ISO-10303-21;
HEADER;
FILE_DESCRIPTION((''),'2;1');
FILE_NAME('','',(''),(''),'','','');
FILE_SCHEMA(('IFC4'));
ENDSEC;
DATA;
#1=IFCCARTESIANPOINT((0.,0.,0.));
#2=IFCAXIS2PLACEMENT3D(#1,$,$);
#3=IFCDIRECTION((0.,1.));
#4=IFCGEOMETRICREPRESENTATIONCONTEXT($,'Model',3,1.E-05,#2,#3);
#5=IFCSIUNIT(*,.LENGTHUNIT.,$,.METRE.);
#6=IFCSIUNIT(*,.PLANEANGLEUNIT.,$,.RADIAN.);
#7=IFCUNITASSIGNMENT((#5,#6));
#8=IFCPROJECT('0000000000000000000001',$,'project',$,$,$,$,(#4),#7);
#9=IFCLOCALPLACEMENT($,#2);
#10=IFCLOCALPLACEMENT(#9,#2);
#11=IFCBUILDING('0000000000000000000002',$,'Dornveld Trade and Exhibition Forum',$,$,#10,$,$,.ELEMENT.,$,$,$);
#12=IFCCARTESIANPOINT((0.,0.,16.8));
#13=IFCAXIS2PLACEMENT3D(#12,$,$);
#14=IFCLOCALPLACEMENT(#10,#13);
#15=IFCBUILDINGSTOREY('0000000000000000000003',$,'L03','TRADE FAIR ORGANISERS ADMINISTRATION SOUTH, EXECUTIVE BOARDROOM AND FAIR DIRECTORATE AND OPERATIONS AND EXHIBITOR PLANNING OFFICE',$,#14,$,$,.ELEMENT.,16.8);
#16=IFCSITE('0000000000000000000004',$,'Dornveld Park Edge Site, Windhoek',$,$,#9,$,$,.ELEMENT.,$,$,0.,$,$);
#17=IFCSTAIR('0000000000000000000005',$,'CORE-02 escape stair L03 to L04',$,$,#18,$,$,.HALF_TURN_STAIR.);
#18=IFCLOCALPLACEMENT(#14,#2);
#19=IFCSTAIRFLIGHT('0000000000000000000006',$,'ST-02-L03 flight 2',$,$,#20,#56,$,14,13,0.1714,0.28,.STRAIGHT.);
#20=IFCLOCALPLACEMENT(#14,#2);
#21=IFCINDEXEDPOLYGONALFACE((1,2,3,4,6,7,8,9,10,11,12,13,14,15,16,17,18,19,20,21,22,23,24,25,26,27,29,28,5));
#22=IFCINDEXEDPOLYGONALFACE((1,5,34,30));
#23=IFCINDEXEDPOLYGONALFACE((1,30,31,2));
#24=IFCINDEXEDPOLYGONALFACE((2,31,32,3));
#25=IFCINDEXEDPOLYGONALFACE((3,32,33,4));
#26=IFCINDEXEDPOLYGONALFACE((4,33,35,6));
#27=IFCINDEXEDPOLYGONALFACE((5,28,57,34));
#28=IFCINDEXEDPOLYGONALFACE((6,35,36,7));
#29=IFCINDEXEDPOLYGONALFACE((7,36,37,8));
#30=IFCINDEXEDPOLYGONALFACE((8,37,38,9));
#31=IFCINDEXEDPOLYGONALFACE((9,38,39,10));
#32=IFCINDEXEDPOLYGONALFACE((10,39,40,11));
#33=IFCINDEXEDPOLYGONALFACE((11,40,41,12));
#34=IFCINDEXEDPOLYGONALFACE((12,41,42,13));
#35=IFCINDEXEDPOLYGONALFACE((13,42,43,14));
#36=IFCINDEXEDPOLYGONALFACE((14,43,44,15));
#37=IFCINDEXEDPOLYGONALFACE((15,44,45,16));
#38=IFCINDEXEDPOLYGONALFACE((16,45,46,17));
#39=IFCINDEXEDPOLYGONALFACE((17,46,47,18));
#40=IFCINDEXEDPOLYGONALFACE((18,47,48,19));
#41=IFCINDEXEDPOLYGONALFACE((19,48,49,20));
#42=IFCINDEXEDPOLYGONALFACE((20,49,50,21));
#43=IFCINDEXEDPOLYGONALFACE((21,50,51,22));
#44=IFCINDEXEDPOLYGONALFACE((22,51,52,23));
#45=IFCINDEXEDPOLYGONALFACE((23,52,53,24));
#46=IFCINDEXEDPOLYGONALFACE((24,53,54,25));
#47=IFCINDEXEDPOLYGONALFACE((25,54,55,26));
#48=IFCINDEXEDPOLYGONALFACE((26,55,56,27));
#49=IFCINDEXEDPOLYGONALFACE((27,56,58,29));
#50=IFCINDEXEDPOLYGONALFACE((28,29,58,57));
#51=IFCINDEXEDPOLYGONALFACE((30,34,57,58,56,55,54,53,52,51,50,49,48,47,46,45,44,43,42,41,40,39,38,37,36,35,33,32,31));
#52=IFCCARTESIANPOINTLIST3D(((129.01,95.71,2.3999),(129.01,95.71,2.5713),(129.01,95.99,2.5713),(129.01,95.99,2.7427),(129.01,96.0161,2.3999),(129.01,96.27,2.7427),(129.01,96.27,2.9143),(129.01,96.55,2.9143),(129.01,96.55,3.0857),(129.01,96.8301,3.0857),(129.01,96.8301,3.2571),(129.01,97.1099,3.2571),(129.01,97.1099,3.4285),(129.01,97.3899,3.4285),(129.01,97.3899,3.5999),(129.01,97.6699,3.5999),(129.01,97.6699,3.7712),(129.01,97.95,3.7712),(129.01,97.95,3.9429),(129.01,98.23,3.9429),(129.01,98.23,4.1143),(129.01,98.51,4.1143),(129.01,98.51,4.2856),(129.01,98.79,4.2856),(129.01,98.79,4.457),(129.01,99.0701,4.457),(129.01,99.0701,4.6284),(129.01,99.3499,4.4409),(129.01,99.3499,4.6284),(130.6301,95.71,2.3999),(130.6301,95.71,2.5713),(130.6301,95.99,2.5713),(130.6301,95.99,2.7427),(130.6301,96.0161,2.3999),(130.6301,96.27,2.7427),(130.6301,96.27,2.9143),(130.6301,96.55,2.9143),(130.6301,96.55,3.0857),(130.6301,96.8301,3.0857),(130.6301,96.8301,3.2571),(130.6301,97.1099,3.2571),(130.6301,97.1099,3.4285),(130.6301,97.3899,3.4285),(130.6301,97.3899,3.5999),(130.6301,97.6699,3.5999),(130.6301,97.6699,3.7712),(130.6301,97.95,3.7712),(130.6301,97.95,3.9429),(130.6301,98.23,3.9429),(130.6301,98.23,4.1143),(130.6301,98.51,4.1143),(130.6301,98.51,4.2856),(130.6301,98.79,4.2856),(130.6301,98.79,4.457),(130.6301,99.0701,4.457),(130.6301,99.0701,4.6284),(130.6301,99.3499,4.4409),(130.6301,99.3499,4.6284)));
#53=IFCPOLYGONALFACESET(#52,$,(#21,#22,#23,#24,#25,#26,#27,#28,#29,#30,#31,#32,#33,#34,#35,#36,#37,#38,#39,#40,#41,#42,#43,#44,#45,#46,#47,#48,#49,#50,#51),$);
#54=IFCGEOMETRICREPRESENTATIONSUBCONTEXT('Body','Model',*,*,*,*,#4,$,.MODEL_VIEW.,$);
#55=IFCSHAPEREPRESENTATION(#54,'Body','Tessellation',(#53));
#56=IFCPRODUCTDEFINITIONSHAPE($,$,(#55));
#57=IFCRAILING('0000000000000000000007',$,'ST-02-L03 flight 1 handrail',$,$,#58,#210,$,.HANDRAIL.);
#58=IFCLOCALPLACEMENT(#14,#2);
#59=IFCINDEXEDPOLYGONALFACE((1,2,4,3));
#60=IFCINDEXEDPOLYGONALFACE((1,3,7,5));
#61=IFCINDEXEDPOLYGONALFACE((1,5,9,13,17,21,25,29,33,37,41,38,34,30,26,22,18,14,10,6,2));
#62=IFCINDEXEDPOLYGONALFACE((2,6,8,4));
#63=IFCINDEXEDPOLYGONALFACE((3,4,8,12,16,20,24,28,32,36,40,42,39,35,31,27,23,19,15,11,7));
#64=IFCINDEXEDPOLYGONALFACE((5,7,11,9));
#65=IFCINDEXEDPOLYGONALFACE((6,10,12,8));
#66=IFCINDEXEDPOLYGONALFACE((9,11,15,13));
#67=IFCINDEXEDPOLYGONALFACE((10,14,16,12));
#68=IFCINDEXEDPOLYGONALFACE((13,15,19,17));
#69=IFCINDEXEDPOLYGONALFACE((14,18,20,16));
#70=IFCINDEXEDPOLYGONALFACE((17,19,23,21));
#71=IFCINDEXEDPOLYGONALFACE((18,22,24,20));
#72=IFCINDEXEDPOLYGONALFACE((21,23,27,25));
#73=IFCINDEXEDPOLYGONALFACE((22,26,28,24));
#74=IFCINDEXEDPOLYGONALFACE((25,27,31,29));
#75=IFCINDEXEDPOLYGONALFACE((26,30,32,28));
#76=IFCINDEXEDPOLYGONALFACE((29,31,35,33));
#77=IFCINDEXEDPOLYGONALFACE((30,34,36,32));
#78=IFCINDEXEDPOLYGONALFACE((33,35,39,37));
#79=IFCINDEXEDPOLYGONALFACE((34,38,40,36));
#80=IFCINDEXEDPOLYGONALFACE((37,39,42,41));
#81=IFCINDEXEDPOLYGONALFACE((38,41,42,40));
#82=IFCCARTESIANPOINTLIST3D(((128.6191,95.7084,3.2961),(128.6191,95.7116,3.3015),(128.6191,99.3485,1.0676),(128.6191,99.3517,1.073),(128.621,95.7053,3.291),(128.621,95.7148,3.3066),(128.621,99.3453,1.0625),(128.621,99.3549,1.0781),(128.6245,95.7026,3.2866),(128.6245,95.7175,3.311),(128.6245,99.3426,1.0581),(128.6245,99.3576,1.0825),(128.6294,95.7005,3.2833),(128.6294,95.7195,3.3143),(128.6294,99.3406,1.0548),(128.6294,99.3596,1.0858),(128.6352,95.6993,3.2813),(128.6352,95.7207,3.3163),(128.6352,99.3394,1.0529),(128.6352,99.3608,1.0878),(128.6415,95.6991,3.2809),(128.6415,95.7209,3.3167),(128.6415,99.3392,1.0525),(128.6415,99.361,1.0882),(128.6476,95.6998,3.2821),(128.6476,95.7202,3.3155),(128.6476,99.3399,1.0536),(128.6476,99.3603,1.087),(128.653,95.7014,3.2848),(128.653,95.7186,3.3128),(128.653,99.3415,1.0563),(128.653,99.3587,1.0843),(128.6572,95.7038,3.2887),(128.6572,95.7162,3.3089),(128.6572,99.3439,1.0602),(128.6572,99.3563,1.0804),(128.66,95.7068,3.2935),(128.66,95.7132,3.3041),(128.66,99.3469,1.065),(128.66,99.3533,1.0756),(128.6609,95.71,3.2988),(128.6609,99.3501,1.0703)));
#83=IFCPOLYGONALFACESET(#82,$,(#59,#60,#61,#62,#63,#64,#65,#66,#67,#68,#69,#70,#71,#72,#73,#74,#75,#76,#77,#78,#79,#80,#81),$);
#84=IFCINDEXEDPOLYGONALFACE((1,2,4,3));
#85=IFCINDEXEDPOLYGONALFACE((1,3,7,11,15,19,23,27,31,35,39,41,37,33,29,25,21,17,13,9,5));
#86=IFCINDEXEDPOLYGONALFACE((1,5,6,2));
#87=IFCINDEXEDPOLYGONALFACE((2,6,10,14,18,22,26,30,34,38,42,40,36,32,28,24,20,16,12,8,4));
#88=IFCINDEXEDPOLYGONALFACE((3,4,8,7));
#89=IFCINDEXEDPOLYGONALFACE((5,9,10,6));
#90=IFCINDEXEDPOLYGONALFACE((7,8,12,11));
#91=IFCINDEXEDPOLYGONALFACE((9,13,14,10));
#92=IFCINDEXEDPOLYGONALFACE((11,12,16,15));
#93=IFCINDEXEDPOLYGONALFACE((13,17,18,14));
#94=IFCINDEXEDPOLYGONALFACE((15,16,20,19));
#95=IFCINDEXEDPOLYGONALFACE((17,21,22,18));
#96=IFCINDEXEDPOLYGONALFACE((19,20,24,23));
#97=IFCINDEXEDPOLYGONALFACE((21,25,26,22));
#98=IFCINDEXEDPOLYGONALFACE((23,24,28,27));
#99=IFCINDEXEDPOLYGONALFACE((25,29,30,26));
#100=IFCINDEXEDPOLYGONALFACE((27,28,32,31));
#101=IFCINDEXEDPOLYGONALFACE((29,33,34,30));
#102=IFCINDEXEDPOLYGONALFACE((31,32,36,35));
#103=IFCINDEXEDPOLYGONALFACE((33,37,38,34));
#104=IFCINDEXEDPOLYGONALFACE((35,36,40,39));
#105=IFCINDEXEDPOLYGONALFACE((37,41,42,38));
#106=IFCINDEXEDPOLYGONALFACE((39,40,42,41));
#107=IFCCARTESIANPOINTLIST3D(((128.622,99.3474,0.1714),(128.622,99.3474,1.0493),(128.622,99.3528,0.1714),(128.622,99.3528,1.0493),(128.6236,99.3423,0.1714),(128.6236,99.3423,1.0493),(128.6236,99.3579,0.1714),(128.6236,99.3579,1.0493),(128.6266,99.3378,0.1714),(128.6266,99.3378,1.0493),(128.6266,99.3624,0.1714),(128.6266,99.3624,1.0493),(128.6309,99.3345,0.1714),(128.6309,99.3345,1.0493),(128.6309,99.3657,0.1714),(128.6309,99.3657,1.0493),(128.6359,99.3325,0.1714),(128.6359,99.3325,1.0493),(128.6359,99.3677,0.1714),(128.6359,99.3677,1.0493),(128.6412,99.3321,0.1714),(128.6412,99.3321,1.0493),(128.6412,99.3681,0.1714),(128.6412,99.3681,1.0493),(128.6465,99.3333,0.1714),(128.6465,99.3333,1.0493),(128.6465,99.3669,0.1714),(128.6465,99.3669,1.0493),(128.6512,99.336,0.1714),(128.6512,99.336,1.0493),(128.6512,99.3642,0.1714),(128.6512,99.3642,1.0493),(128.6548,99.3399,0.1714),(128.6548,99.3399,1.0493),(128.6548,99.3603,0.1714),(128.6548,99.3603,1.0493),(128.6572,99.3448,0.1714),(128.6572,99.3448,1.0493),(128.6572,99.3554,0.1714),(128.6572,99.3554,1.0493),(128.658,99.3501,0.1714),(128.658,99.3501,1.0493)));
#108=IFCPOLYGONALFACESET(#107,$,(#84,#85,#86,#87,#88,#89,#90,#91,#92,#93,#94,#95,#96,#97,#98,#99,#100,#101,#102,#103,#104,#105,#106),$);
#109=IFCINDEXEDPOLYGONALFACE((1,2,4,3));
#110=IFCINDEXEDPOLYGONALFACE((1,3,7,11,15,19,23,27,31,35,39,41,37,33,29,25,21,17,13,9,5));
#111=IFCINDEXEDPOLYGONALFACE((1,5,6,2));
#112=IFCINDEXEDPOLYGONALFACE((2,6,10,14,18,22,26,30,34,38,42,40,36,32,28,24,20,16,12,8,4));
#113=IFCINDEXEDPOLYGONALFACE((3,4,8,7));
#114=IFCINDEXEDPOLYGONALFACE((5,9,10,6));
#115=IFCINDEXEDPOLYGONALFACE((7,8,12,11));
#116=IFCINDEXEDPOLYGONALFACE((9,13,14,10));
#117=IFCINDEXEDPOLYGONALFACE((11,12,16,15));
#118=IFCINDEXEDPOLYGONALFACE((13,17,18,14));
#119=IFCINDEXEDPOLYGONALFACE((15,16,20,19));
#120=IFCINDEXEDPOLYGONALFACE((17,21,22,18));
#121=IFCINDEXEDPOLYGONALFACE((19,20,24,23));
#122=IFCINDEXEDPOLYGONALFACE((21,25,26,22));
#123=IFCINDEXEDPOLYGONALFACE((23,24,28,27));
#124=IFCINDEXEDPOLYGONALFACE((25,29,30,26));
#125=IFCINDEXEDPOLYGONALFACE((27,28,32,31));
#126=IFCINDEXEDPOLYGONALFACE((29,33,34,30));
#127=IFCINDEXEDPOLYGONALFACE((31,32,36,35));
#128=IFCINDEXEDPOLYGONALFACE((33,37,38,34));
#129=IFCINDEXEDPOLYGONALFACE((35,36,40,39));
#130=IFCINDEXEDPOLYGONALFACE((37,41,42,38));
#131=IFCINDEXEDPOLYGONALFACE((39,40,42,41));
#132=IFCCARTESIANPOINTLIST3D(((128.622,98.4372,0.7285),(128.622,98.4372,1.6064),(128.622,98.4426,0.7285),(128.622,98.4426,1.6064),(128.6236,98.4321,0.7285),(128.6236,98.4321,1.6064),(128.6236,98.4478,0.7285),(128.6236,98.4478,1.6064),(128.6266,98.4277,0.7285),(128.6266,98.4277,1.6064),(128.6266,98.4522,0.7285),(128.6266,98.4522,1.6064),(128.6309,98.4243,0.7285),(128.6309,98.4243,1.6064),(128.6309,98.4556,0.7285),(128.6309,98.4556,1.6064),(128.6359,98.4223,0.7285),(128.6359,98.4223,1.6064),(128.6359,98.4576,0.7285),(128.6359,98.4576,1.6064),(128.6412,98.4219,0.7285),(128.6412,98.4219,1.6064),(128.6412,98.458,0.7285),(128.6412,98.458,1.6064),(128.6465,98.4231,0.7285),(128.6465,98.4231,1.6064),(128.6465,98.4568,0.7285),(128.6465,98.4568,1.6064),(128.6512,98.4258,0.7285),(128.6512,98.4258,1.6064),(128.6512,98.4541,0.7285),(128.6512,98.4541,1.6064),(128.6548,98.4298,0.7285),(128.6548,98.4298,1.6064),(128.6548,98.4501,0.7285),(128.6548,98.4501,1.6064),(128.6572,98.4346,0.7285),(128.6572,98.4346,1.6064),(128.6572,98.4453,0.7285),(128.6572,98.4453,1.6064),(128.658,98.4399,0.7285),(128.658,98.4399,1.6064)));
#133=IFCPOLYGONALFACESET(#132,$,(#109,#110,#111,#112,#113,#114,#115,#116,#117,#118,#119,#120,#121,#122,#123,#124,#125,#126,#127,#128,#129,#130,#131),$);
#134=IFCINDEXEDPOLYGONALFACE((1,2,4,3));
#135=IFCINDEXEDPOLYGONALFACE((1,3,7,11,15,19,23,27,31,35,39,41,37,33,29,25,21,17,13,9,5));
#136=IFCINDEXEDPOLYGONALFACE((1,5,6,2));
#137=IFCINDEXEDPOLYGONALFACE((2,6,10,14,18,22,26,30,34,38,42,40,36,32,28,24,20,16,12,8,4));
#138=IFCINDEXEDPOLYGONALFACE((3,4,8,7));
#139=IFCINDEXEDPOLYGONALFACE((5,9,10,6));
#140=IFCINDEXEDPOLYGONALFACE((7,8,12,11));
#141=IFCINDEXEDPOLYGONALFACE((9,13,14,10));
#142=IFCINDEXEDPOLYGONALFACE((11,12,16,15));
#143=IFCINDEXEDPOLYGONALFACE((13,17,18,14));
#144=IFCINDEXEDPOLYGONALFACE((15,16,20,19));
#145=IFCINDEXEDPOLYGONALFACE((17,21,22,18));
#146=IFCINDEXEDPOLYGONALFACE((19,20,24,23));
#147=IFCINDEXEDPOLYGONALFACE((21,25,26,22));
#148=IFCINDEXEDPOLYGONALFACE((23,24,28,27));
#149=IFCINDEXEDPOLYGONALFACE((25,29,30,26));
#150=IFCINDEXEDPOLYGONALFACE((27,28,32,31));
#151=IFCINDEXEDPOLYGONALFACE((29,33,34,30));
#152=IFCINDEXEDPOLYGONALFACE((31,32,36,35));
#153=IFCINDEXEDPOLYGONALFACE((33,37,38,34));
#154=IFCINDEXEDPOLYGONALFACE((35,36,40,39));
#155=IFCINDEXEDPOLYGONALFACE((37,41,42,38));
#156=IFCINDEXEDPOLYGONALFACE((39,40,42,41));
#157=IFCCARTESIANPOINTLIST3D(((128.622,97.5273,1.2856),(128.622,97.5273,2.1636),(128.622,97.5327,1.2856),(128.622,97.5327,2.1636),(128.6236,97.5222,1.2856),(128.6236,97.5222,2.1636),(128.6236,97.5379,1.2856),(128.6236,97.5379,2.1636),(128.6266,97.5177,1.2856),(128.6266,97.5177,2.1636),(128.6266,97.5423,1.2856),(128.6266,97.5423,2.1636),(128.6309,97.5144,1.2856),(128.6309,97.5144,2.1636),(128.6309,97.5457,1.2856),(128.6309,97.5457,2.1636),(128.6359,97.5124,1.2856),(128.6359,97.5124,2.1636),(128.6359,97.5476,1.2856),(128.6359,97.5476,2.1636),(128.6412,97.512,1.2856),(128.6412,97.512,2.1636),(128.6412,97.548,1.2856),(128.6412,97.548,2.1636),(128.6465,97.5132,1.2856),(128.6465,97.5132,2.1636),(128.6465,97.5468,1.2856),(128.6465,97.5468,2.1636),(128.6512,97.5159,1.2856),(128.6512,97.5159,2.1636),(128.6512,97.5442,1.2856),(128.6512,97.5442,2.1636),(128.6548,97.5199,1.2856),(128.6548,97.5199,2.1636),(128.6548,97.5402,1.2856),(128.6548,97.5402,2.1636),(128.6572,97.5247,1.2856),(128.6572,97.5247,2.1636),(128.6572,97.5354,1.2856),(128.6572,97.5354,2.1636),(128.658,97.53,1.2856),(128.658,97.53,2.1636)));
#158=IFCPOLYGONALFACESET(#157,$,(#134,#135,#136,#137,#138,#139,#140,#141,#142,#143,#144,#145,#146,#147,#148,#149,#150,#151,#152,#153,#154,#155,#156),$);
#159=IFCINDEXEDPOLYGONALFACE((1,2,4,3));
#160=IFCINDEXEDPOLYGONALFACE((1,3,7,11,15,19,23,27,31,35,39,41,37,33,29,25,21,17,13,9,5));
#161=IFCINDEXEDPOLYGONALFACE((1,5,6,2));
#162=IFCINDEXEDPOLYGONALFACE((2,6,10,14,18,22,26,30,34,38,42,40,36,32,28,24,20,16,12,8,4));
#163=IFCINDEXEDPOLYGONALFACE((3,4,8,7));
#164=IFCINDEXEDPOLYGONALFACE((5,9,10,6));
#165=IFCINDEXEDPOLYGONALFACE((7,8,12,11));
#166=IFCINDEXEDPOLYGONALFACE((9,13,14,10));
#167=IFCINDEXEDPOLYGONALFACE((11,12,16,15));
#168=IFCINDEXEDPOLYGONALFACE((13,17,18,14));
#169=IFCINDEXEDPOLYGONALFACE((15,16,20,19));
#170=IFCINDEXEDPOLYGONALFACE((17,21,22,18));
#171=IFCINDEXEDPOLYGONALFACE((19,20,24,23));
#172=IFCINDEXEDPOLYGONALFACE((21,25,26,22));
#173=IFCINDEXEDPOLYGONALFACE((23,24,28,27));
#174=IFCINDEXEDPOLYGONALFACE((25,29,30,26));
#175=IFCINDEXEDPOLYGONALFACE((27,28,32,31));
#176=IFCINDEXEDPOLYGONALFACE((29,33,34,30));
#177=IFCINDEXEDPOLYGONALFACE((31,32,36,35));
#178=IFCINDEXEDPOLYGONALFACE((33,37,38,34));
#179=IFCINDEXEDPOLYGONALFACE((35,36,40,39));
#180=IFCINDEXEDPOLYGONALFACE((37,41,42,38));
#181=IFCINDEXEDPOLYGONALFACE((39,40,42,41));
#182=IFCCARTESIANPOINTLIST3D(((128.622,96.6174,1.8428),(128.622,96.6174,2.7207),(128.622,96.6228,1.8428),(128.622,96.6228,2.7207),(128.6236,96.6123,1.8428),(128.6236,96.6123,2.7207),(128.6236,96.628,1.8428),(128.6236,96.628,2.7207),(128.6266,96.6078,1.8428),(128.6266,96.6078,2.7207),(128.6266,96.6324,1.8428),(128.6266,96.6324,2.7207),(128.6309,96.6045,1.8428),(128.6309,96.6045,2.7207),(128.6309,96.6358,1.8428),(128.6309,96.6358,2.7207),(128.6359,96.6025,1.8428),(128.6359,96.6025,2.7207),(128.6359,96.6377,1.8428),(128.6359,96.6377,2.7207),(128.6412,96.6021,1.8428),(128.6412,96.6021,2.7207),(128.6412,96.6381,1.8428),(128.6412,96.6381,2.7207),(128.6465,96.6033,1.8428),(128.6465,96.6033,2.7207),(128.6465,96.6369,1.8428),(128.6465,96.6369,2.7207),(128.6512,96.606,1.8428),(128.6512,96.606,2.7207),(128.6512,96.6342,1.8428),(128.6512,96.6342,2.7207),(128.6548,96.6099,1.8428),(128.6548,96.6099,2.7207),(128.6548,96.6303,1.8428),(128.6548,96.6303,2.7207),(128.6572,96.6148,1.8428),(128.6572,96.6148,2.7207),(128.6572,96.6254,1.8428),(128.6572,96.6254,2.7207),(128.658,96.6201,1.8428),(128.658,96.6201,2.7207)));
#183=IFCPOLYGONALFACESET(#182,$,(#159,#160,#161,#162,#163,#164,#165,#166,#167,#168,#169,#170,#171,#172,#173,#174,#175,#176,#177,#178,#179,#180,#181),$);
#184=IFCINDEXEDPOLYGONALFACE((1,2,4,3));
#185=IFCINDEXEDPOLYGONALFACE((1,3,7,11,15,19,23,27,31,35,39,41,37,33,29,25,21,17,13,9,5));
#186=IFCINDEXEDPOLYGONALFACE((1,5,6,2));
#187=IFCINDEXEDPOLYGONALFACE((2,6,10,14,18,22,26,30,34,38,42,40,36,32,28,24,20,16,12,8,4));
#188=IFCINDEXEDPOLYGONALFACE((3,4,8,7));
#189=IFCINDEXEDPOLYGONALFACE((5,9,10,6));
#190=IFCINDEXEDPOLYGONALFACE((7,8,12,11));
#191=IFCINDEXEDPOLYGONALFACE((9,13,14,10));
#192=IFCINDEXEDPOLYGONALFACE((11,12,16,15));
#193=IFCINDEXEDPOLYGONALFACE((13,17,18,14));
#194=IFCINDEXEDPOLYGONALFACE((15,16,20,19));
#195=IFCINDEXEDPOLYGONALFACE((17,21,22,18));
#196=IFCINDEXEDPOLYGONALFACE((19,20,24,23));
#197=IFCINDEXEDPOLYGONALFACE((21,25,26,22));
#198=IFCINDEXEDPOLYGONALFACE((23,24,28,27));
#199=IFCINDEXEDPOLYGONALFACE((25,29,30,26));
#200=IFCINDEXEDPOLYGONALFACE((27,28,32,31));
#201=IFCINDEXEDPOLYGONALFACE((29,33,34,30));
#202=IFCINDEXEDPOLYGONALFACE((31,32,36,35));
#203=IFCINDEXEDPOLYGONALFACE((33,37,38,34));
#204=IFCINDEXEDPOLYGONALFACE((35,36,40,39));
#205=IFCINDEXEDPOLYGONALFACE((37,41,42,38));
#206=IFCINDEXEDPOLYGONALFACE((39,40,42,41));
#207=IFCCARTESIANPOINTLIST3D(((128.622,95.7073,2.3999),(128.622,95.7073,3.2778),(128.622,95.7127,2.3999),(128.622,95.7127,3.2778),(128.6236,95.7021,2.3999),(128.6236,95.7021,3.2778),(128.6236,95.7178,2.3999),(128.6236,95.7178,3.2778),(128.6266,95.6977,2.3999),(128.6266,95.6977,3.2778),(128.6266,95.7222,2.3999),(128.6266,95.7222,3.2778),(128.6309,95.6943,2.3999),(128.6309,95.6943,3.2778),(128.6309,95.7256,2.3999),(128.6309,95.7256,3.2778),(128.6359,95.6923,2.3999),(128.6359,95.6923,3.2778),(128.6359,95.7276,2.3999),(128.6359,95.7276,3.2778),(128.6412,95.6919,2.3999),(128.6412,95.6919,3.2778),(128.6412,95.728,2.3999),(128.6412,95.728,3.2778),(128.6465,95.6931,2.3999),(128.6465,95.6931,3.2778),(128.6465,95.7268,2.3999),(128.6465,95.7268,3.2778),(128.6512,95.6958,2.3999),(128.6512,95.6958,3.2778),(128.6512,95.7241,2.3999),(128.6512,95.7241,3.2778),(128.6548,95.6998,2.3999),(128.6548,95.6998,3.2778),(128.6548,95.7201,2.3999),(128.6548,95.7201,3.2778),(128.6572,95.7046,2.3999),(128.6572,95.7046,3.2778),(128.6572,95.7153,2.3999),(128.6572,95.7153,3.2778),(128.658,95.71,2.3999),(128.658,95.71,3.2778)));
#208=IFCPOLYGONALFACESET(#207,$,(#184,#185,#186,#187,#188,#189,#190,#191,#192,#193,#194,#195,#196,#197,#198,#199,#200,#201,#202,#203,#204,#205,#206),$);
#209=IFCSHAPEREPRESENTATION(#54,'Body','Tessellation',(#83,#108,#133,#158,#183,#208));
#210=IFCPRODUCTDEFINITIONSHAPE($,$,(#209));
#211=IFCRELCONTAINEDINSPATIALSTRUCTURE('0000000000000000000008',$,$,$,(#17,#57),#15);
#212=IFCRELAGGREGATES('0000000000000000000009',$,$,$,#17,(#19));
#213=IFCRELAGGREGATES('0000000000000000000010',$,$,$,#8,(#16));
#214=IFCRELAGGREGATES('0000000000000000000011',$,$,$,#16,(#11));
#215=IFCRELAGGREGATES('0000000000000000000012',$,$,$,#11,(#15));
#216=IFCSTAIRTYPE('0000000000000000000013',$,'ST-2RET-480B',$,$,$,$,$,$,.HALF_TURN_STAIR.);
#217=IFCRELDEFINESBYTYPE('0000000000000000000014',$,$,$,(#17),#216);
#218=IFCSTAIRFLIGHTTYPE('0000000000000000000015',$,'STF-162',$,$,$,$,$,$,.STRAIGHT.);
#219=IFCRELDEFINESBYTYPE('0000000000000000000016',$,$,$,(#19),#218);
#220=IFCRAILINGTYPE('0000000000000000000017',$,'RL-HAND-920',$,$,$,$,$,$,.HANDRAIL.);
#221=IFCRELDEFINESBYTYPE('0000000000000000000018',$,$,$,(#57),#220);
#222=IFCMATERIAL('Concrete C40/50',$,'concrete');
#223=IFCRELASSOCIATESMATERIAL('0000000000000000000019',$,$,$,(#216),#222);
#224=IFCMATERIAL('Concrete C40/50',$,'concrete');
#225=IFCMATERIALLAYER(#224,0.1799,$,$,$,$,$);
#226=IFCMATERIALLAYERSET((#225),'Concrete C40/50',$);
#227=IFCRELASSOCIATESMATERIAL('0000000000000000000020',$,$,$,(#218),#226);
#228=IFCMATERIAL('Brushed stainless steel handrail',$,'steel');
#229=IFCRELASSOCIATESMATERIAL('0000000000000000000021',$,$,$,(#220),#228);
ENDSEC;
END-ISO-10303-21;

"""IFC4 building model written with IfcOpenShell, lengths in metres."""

from ifc_helpers import new_model, si_unit, direction, frame, origin, origin_2d, place, context, subcontext, project, spatial, polyline, circle, outline, extrude, material, layer, layer_set, type_object, element, aggregate, save


model = new_model("IFC4")

# Units and contexts
model_context = context("Model", 3, precision=1e-05, world=origin(), true_north=direction((0.0, 1.0)))
body_context = subcontext(model_context, "Body", "Model", "MODEL_VIEW")
ifc_project = project(units=[si_unit("LENGTHUNIT", "METRE"), si_unit("PLANEANGLEUNIT", "RADIAN")], contexts=[model_context])

# Site, building, storey
site_placement = place(None, origin())
site = spatial("IfcSite", under=ifc_project, at=site_placement, Name="Dornveld Park Edge Site, Windhoek", CompositionType="ELEMENT", RefElevation=0.0)
building_placement = place(site_placement, origin())
building = spatial("IfcBuilding", under=site, at=building_placement, Name="Dornveld Trade and Exhibition Forum", CompositionType="ELEMENT")
storey_placement = place(building_placement, frame((0.0, 0.0, 16.8)))
storey = spatial("IfcBuildingStorey", under=building, at=storey_placement, Name="L03", Description="TRADE FAIR ORGANISERS ADMINISTRATION SOUTH, EXECUTIVE BOARDROOM AND FAIR DIRECTORATE AND OPERATIONS AND EXHIBITOR PLANNING OFFICE", CompositionType="ELEMENT", Elevation=16.8)

# Stair, stair flight
ifc_material_1 = material(Name="Concrete C40/50", Category="concrete")
stair_type = type_object("IfcStairType", Name="ST-2RET-480B", PredefinedType="HALF_TURN_STAIR", material=ifc_material_1)
stair_placement = place(storey_placement, origin())
stair = element("IfcStair", 1, at=stair_placement, inside=storey, type_object=stair_type, Name="CORE-02 escape stair L03 to L04", PredefinedType="HALF_TURN_STAIR")
ifc_material_2 = material(Name="Concrete C40/50", Category="concrete")
ifc_layer_1 = layer(ifc_material_2, 0.1799)
ifc_layer_set_1 = layer_set([ifc_layer_1], Name="Concrete C40/50")
stair_flight_type = type_object("IfcStairFlightType", Name="STF-162", PredefinedType="STRAIGHT", material=ifc_layer_set_1)
stair_flight_1_placement = place(storey_placement, frame((129.8201, 95.71, 2.3999), z_axis=(0.0, 0.0, 1.0), x_axis=(0.0, 1.0, 0.0)))
stair_flight_1 = element("IfcStairFlight", 2, at=stair_flight_1_placement, type_object=stair_flight_type, Name="ST-02-L03 flight 2", NumberOfRisers=14, NumberOfTreads=13, PredefinedType="STRAIGHT", RiserHeight=0.1714, TreadLength=0.28, context=body_context, shape_type="SweptSolid", body=[
    extrude(outline(polyline([(0.0, 0.0), (0.0, 0.1714), (0.28, 0.1714), (0.28, 0.3428), (0.5601, 0.3428), (0.5601, 0.5144), (0.8401, 0.5144), (0.8401, 0.6858), (1.1201, 0.6858), (1.1201, 0.8572), (1.3999, 0.8572), (1.3999, 1.0286), (1.6799, 1.0286), (1.6799, 1.2), (1.96, 1.2), (1.96, 1.3713), (2.24, 1.3713), (2.24, 1.543), (2.52, 1.543), (2.52, 1.7144), (2.8, 1.7144), (2.8, 1.8857), (3.0801, 1.8857), (3.0801, 2.0571), (3.3601, 2.0571), (3.3601, 2.2285), (3.6399, 2.2285), (3.6399, 2.3999), (3.6399, 2.041), (0.3062, 0.0), (0.0, 0.0)])), frame((0.0, 0.8101, 0.0), z_axis=(0.0, -1.0, 0.0), x_axis=(1.0, 0.0, 0.0)), (0.0, 0.0, 1.0), 1.6201),
])
aggregate(stair, [stair_flight_1])

# Railing
ifc_material_3 = material(Name="Brushed stainless steel handrail", Category="steel")
railing_type_1 = type_object("IfcRailingType", Name="RL-HAND-920", PredefinedType="HANDRAIL", material=ifc_material_3)
railing_1_placement = place(storey_placement, frame((128.6399, 99.3501, 0.1714)))
element("IfcRailing", 3, at=railing_1_placement, inside=storey, type_object=railing_type_1, Name="ST-02-L03 flight 1 handrail", PredefinedType="HANDRAIL", context=body_context, shape_type="SweptSolid", body=[
    extrude(circle(Radius=0.021, at=origin_2d()), frame((0.0, 0.0, 0.8989), z_axis=(0.0, -0.852866, 0.52213), x_axis=(1.0, 0.0, 0.0)), (0.0, 0.0, 1.0), 4.2681),
    extrude(circle(Radius=0.0181, at=origin_2d()), origin(), (0.0, 0.0, 1.0), 0.8779),
    extrude(circle(Radius=0.0181, at=origin_2d()), frame((0.0, -0.9102, 0.5571)), (0.0, 0.0, 1.0), 0.8779),
    extrude(circle(Radius=0.0181, at=origin_2d()), frame((0.0, -1.8201, 1.1143)), (0.0, 0.0, 1.0), 0.8779),
    extrude(circle(Radius=0.0181, at=origin_2d()), frame((0.0, -2.73, 1.6714)), (0.0, 0.0, 1.0), 0.8779),
    extrude(circle(Radius=0.0181, at=origin_2d()), frame((0.0, -3.6401, 2.2285)), (0.0, 0.0, 1.0), 0.8779),
])

save(model, "model.ifc")
